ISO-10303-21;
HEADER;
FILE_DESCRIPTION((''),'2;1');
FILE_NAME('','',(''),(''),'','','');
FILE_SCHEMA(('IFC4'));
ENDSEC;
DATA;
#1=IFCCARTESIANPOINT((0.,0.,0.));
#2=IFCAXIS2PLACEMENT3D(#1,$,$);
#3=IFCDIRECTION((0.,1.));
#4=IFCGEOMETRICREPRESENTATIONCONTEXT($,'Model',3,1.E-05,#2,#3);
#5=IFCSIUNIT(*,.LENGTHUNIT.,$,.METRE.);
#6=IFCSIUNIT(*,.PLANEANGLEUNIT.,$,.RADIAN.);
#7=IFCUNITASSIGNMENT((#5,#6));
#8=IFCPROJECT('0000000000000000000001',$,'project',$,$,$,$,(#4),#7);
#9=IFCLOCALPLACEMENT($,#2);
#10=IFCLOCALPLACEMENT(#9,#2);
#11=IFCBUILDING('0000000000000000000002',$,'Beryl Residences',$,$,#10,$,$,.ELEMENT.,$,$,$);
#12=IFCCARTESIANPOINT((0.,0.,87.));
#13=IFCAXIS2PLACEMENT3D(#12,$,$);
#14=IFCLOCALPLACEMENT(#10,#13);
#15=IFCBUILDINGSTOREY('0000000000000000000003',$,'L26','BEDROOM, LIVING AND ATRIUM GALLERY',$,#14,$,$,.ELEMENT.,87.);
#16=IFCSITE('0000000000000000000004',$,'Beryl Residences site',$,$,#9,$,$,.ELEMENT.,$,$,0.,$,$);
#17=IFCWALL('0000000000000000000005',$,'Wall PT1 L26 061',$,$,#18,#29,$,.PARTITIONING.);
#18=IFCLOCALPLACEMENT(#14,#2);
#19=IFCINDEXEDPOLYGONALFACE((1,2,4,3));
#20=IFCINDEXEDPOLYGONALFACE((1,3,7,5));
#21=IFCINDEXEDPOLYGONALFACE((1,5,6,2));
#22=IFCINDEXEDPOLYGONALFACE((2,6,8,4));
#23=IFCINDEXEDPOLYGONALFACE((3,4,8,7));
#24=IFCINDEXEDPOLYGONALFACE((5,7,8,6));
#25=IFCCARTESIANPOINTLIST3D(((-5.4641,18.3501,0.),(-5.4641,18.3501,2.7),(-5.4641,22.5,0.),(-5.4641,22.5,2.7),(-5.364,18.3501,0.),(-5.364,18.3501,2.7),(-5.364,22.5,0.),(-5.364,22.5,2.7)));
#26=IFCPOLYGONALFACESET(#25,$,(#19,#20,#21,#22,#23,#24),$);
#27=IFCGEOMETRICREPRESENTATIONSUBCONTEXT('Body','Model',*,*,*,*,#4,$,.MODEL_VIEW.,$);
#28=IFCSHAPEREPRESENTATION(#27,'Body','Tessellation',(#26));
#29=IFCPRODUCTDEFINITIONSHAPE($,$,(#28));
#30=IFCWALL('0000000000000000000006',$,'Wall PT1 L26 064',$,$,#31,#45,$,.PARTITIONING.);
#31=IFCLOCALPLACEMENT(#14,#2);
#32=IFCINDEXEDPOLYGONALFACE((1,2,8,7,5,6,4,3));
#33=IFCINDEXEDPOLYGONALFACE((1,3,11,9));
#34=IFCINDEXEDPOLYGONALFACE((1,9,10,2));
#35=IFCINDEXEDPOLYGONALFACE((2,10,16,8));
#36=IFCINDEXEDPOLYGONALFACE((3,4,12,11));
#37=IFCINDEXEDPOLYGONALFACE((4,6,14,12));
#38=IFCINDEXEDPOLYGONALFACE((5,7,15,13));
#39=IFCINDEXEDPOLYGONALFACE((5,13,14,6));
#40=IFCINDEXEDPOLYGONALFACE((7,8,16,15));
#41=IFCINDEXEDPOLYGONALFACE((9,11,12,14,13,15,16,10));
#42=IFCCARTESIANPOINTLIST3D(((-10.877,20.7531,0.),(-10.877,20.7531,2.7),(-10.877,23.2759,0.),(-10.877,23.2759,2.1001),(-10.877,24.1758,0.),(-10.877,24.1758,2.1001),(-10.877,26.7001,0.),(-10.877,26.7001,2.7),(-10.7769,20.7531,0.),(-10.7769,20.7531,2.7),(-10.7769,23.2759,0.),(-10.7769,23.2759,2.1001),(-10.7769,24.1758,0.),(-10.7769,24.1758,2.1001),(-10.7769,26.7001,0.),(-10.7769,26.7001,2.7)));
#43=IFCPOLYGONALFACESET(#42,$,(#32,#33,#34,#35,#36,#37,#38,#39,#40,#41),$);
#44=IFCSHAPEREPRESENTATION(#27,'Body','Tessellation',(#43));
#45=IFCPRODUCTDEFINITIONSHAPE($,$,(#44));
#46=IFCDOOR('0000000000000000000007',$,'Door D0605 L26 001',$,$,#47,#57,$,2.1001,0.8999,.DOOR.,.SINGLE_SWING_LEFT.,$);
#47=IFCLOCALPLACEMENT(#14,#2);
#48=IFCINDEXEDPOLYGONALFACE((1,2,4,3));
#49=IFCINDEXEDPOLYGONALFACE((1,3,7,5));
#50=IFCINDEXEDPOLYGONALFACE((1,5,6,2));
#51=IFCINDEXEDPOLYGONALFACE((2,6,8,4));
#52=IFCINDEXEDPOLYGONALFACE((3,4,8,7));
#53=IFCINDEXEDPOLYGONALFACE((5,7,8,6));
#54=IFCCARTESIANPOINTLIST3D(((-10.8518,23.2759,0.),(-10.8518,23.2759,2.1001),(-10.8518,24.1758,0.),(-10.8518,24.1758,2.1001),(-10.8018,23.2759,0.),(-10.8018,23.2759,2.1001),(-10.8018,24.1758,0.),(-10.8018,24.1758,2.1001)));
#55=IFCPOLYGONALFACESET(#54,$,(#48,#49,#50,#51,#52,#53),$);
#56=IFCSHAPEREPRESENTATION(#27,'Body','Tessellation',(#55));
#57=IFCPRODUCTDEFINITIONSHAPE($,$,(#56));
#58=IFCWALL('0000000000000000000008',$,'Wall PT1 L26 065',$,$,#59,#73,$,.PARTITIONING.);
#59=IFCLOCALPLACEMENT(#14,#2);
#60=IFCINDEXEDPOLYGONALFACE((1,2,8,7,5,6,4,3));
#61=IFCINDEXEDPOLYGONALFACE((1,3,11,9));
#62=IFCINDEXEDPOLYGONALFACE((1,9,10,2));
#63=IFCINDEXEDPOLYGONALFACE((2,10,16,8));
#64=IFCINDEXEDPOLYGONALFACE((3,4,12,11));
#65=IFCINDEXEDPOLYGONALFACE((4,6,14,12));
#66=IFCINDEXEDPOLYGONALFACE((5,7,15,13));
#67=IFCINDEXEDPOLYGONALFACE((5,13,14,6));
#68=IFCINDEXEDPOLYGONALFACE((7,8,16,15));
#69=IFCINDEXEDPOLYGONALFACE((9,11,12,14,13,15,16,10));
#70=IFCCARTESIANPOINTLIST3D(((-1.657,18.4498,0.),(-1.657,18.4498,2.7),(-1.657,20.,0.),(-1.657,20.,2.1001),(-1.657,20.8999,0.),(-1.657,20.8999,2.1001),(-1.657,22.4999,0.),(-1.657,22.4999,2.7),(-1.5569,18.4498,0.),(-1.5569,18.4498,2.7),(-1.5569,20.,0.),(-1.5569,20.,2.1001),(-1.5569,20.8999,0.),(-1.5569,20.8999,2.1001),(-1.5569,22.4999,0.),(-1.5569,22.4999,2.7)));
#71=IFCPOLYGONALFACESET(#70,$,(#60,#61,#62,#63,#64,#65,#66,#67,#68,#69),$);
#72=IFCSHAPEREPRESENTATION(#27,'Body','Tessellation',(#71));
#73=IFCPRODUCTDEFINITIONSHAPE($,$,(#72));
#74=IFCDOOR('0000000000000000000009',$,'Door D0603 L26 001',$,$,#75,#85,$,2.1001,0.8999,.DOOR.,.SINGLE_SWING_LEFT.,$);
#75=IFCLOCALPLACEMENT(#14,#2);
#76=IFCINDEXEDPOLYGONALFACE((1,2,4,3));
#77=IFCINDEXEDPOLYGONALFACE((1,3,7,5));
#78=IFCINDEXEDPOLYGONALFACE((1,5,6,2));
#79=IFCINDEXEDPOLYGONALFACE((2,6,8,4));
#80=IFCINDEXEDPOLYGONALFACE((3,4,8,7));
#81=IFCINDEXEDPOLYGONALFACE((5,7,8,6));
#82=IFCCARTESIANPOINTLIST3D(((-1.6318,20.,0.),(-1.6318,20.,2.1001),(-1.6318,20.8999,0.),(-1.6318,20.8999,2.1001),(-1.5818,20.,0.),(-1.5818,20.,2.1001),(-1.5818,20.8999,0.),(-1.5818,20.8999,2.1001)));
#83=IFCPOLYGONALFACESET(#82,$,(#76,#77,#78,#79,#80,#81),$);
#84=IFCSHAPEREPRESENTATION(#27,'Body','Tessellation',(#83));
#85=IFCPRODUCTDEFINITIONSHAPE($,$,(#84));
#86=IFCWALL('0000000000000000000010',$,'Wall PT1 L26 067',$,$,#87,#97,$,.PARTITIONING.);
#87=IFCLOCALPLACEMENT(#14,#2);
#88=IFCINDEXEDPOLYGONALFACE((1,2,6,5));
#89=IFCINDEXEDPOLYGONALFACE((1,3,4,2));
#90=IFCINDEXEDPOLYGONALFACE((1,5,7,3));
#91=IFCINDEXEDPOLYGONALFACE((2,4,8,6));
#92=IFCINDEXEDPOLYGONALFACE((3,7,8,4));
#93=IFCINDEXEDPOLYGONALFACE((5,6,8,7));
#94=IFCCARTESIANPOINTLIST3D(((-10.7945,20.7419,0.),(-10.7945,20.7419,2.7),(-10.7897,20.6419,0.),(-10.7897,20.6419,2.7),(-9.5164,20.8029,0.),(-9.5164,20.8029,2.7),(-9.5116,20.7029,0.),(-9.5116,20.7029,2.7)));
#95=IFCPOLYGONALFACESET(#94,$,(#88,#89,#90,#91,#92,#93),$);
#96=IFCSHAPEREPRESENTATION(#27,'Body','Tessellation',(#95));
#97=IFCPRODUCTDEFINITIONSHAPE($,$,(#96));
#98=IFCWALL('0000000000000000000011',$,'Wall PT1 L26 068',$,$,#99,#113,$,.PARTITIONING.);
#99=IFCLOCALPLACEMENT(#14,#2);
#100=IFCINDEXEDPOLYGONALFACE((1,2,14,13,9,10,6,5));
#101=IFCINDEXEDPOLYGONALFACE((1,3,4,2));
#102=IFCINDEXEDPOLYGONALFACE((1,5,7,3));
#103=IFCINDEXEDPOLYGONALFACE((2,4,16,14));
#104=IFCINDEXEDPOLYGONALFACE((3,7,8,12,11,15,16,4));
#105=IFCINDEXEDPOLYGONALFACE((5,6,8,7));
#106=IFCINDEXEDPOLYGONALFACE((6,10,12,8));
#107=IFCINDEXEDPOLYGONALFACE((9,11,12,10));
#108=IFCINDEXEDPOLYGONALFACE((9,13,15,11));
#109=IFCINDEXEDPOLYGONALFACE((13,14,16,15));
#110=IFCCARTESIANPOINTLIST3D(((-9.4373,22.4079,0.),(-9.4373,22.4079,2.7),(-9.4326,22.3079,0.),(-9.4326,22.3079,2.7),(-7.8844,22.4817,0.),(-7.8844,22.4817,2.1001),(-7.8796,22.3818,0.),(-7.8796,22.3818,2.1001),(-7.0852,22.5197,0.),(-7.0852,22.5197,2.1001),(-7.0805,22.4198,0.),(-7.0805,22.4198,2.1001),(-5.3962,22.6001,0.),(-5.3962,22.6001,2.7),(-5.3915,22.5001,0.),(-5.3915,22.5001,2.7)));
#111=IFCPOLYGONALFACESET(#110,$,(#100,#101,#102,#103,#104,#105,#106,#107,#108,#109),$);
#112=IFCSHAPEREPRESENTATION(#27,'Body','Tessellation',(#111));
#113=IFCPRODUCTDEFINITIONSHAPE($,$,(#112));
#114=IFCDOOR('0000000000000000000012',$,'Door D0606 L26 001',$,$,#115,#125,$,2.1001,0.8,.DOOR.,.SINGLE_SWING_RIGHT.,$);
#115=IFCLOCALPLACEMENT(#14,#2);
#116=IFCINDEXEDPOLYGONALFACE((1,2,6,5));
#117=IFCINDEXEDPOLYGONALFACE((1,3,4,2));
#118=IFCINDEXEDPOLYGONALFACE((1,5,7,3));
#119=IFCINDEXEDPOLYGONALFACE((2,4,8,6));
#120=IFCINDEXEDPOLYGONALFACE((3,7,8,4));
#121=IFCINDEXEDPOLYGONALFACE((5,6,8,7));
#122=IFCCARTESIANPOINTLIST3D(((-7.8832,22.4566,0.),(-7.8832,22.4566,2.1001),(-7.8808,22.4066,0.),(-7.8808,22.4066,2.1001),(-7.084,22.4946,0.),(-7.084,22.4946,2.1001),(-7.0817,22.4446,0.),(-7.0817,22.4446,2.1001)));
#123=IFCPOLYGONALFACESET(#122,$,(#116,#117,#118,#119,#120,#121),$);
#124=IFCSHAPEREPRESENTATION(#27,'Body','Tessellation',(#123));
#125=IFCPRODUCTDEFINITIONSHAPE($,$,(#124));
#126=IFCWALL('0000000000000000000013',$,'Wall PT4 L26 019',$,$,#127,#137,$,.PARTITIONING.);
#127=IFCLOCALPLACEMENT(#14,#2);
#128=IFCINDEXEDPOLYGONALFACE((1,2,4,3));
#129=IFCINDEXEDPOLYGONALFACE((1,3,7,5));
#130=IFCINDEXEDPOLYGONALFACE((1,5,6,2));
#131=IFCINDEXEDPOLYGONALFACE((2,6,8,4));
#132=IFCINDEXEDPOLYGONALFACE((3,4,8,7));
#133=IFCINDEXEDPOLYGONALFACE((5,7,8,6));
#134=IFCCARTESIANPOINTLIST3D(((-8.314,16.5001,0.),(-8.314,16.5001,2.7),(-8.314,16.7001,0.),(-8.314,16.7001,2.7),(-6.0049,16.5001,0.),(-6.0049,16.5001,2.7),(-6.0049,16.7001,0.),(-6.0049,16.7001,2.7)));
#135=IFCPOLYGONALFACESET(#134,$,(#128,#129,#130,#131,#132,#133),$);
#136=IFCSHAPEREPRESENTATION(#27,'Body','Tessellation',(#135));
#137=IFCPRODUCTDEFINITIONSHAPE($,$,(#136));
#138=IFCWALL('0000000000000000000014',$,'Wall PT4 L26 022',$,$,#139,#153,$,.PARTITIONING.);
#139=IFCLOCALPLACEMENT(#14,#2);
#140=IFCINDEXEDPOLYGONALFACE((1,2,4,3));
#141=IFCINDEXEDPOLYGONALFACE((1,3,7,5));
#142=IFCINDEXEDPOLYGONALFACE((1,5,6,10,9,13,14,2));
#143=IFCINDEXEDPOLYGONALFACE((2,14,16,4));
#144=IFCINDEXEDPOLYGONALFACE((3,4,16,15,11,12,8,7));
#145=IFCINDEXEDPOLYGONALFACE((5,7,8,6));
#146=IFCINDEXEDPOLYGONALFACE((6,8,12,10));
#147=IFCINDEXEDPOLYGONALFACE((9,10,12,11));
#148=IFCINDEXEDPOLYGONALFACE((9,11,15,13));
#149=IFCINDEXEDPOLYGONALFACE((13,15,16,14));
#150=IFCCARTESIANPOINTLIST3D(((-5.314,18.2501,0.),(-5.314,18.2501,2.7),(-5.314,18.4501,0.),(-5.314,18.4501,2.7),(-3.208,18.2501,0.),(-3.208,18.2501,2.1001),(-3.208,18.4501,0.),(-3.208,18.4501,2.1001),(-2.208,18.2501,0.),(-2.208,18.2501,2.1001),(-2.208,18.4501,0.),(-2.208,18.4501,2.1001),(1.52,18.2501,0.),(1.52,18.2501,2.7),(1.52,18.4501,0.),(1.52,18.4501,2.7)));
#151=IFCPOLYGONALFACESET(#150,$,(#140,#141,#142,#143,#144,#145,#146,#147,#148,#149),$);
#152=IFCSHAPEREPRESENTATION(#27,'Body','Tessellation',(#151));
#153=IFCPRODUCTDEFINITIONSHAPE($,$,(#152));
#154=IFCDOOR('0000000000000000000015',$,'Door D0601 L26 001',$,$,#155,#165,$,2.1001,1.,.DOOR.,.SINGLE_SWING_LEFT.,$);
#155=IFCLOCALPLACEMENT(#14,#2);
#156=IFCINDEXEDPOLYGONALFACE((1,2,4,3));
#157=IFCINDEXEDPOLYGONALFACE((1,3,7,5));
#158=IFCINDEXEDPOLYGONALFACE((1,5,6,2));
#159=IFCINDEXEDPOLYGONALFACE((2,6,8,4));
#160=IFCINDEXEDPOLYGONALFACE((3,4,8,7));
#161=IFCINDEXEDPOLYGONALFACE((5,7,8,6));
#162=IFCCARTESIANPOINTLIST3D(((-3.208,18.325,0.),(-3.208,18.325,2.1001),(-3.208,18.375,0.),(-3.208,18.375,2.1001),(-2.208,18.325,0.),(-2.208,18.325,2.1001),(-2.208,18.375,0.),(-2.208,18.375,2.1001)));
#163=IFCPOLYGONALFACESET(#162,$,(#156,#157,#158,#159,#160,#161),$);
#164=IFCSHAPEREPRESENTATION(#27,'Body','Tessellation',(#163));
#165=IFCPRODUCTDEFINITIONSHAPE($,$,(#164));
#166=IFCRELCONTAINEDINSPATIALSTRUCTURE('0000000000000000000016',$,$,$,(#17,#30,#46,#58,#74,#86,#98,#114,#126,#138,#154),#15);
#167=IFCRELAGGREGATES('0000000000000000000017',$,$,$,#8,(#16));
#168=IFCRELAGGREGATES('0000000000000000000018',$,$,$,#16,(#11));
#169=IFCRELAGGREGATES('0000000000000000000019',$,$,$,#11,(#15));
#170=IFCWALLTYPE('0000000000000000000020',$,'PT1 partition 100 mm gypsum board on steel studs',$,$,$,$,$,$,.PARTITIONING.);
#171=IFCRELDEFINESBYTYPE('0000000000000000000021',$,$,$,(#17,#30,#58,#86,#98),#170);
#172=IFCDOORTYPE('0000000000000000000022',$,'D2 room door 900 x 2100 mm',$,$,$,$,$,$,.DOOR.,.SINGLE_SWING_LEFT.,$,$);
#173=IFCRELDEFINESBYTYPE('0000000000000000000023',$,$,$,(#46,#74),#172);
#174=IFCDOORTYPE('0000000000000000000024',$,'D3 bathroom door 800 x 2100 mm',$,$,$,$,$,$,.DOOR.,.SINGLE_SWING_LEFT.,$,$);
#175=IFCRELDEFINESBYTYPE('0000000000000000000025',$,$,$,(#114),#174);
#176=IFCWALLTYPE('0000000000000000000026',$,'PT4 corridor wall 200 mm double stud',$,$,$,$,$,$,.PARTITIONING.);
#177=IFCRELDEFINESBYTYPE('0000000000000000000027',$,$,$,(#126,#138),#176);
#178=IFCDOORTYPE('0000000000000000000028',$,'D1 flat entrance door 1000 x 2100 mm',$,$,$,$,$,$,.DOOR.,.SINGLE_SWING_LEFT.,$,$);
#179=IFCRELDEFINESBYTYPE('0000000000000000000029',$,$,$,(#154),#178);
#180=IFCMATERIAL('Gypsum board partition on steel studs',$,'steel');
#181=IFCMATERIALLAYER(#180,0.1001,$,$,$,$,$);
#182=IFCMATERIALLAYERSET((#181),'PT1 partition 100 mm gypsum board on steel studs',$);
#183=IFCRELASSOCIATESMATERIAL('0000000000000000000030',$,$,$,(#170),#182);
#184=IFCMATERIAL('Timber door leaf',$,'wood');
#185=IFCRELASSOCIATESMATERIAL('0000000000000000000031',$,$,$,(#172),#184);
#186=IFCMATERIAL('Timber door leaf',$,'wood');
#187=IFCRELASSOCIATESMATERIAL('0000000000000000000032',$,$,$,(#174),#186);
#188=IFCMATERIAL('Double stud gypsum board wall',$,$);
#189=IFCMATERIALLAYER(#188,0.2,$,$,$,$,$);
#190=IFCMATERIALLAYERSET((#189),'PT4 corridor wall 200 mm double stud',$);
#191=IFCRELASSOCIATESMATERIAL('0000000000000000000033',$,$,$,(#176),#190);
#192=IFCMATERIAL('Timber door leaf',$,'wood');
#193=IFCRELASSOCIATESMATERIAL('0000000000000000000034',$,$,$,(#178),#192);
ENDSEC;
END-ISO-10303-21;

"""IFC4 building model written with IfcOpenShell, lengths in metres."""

from ifc_helpers import new_model, si_unit, direction, frame, frame_2d, origin, place, context, subcontext, project, spatial, rectangle, extrude, material, layer, layer_set, type_object, element, fill, save


model = new_model("IFC4")

# Units and contexts
model_context = context("Model", 3, precision=1e-05, world=origin(), true_north=direction((0.0, 1.0)))
body_context = subcontext(model_context, "Body", "Model", "MODEL_VIEW")
ifc_project = project(units=[si_unit("LENGTHUNIT", "METRE"), si_unit("PLANEANGLEUNIT", "RADIAN")], contexts=[model_context])

# Site, building, storey
site_placement = place(None, origin())
site = spatial("IfcSite", under=ifc_project, at=site_placement, Name="Beryl Residences site", CompositionType="ELEMENT", RefElevation=0.0)
building_placement = place(site_placement, origin())
building = spatial("IfcBuilding", under=site, at=building_placement, Name="Beryl Residences", CompositionType="ELEMENT")
storey_placement = place(building_placement, frame((0.0, 0.0, 87.0)))
storey = spatial("IfcBuildingStorey", under=building, at=storey_placement, Name="L26", Description="BEDROOM, LIVING AND ATRIUM GALLERY", CompositionType="ELEMENT", Elevation=87.0)

# Shared definitions
ifc_material_1 = material(Name="Gypsum board partition on steel studs", Category="steel")
ifc_layer_1 = layer(ifc_material_1, 0.1001)
ifc_layer_set_1 = layer_set([ifc_layer_1], Name="PT1 partition 100 mm gypsum board on steel studs")
wall_type_1 = type_object("IfcWallType", Name="PT1 partition 100 mm gypsum board on steel studs", PredefinedType="PARTITIONING", material=ifc_layer_set_1)

# Shared definitions
ifc_material_2 = material(Name="Timber door leaf", Category="wood")
door_type_1 = type_object("IfcDoorType", Name="D2 room door 900 x 2100 mm", OperationType="SINGLE_SWING_LEFT", PredefinedType="DOOR", material=ifc_material_2)

# Shared definitions
ifc_material_3 = material(Name="Timber door leaf", Category="wood")
door_type_2 = type_object("IfcDoorType", Name="D3 bathroom door 800 x 2100 mm", OperationType="SINGLE_SWING_LEFT", PredefinedType="DOOR", material=ifc_material_3)

# Wall
wall_1_placement = place(storey_placement, frame((-5.4141, 18.3501, 0.0), z_axis=(0.0, 0.0, 1.0), x_axis=(0.0, 1.0, 0.0)))
element("IfcWall", 1, at=wall_1_placement, inside=storey, type_object=wall_type_1, Name="Wall PT1 L26 061", PredefinedType="PARTITIONING", context=body_context, shape_type="SweptSolid", body=[
    extrude(rectangle(XDim=4.1499, YDim=0.1001, at=frame_2d((2.075, 0.0))), origin(), (0.0, 0.0, 1.0), 2.7),
])

# Walls, openings, doors
wall_2_placement = place(storey_placement, frame((-10.8269, 20.7529, 0.0), z_axis=(0.0, 0.0, 1.0), x_axis=(0.0, 1.0, 0.0)))
wall_2 = element("IfcWall", 2, at=wall_2_placement, inside=storey, type_object=wall_type_1, Name="Wall PT1 L26 064", PredefinedType="PARTITIONING", context=body_context, shape_type="SweptSolid", body=[
    extrude(rectangle(XDim=5.947, YDim=0.1001, at=frame_2d((2.9736, 0.0))), origin(), (0.0, 0.0, 1.0), 2.7),
])
opening_1_placement = place(wall_2_placement, frame((2.5229, 0.0, 0.0)))
opening_1 = element("IfcOpeningElement", 3, at=opening_1_placement, cuts=wall_2, PredefinedType="OPENING", context=body_context, shape_type="SweptSolid", body=[
    extrude(rectangle(XDim=0.8999, YDim=2.1001, at=frame_2d((0.45, 1.05))), frame((0.0, 0.0601, 0.0), z_axis=(0.0, -1.0, 0.0), x_axis=(1.0, 0.0, 0.0)), (0.0, 0.0, 1.0), 0.1201),
])
door_1_placement = place(opening_1_placement, origin())
door_1 = element("IfcDoor", 4, at=door_1_placement, inside=storey, type_object=door_type_1, Name="Door D0605 L26 001", OperationType="SINGLE_SWING_LEFT", OverallHeight=2.1001, OverallWidth=0.8999, PredefinedType="DOOR", context=body_context, shape_type="SweptSolid", body=[
    extrude(rectangle(XDim=0.8999, YDim=2.1001, at=frame_2d((0.45, 1.05))), frame((0.0, 0.0249, 0.0), z_axis=(0.0, -1.0, 0.0), x_axis=(1.0, 0.0, 0.0)), (0.0, 0.0, 1.0), 0.05),
])
fill(opening_1, door_1)
wall_3_placement = place(storey_placement, frame((-1.6069, 18.45, 0.0), z_axis=(0.0, 0.0, 1.0), x_axis=(0.0, 1.0, 0.0)))
wall_3 = element("IfcWall", 5, at=wall_3_placement, inside=storey, type_object=wall_type_1, Name="Wall PT1 L26 065", PredefinedType="PARTITIONING", context=body_context, shape_type="SweptSolid", body=[
    extrude(rectangle(XDim=4.05, YDim=0.1001, at=frame_2d((2.0249, 0.0))), origin(), (0.0, 0.0, 1.0), 2.7),
])
opening_2_placement = place(wall_3_placement, frame((1.55, 0.0, 0.0)))
opening_2 = element("IfcOpeningElement", 6, at=opening_2_placement, cuts=wall_3, PredefinedType="OPENING", context=body_context, shape_type="SweptSolid", body=[
    extrude(rectangle(XDim=0.8999, YDim=2.1001, at=frame_2d((0.45, 1.05))), frame((0.0, 0.0601, 0.0), z_axis=(0.0, -1.0, 0.0), x_axis=(1.0, 0.0, 0.0)), (0.0, 0.0, 1.0), 0.1201),
])
door_2_placement = place(opening_2_placement, origin())
door_2 = element("IfcDoor", 7, at=door_2_placement, inside=storey, type_object=door_type_1, Name="Door D0603 L26 001", OperationType="SINGLE_SWING_LEFT", OverallHeight=2.1001, OverallWidth=0.8999, PredefinedType="DOOR", context=body_context, shape_type="SweptSolid", body=[
    extrude(rectangle(XDim=0.8999, YDim=2.1001, at=frame_2d((0.45, 1.05))), frame((0.0, 0.0249, 0.0), z_axis=(0.0, -1.0, 0.0), x_axis=(1.0, 0.0, 0.0)), (0.0, 0.0, 1.0), 0.05),
])
fill(opening_2, door_2)

# Wall
wall_4_placement = place(storey_placement, frame((-10.792, 20.6919, 0.0), z_axis=(0.0, 0.0, 1.0), x_axis=(0.998862, 0.047701, 0.0)))
element("IfcWall", 8, at=wall_4_placement, inside=storey, type_object=wall_type_1, Name="Wall PT1 L26 067", PredefinedType="PARTITIONING", context=body_context, shape_type="SweptSolid", body=[
    extrude(rectangle(XDim=1.2795, YDim=0.1001, at=frame_2d((0.6396, 0.0))), origin(), (0.0, 0.0, 1.0), 2.7),
])

# Wall, opening, door
wall_5_placement = place(storey_placement, frame((-9.4351, 22.3579, 0.0), z_axis=(0.0, 0.0, 1.0), x_axis=(0.998872, 0.047493, 0.0)))
wall_5 = element("IfcWall", 9, at=wall_5_placement, inside=storey, type_object=wall_type_1, Name="Wall PT1 L26 068", PredefinedType="PARTITIONING", context=body_context, shape_type="SweptSolid", body=[
    extrude(rectangle(XDim=4.0457, YDim=0.1001, at=frame_2d((2.0229, 0.0))), origin(), (0.0, 0.0, 1.0), 2.7),
])
opening_3_placement = place(wall_5_placement, frame((1.5549, 0.0, 0.0)))
opening_3 = element("IfcOpeningElement", 10, at=opening_3_placement, cuts=wall_5, PredefinedType="OPENING", context=body_context, shape_type="SweptSolid", body=[
    extrude(rectangle(XDim=0.8, YDim=2.1001, at=frame_2d((0.3999, 1.05))), frame((0.0, 0.0601, 0.0), z_axis=(0.0, -1.0, 0.0), x_axis=(1.0, 0.0, 0.0)), (0.0, 0.0, 1.0), 0.1201),
])
door_3_placement = place(opening_3_placement, origin())
door_3 = element("IfcDoor", 11, at=door_3_placement, inside=storey, type_object=door_type_2, Name="Door D0606 L26 001", OperationType="SINGLE_SWING_RIGHT", OverallHeight=2.1001, OverallWidth=0.8, PredefinedType="DOOR", context=body_context, shape_type="SweptSolid", body=[
    extrude(rectangle(XDim=0.8, YDim=2.1001, at=frame_2d((0.3999, 1.05))), frame((0.0, 0.0249, 0.0), z_axis=(0.0, -1.0, 0.0), x_axis=(1.0, 0.0, 0.0)), (0.0, 0.0, 1.0), 0.05),
])
fill(opening_3, door_3)

# Wall
ifc_material_4 = material(Name="Double stud gypsum board wall")
ifc_layer_2 = layer(ifc_material_4, 0.2)
ifc_layer_set_2 = layer_set([ifc_layer_2], Name="PT4 corridor wall 200 mm double stud")
wall_type_2 = type_object("IfcWallType", Name="PT4 corridor wall 200 mm double stud", PredefinedType="PARTITIONING", material=ifc_layer_set_2)
wall_6_placement = place(storey_placement, frame((-8.314, 16.6001, 0.0), z_axis=(0.0, 0.0, 1.0), x_axis=(1.0, 0.0, 0.0)))
element("IfcWall", 12, at=wall_6_placement, inside=storey, type_object=wall_type_2, Name="Wall PT4 L26 019", PredefinedType="PARTITIONING", context=body_context, shape_type="SweptSolid", body=[
    extrude(rectangle(XDim=2.3091, YDim=0.2, at=frame_2d((1.1545, 0.0))), origin(), (0.0, 0.0, 1.0), 2.7),
])

# Wall, opening, door
wall_7_placement = place(storey_placement, frame((-5.314, 18.3501, 0.0), z_axis=(0.0, 0.0, 1.0), x_axis=(1.0, 0.0, 0.0)))
wall_7 = element("IfcWall", 13, at=wall_7_placement, inside=storey, type_object=wall_type_2, Name="Wall PT4 L26 022", PredefinedType="PARTITIONING", context=body_context, shape_type="SweptSolid", body=[
    extrude(rectangle(XDim=6.834, YDim=0.2, at=frame_2d((3.417, 0.0))), origin(), (0.0, 0.0, 1.0), 2.7),
])
opening_4_placement = place(wall_7_placement, frame((2.106, 0.0, 0.0)))
opening_4 = element("IfcOpeningElement", 14, at=opening_4_placement, cuts=wall_7, PredefinedType="OPENING", context=body_context, shape_type="SweptSolid", body=[
    extrude(rectangle(XDim=1.0, YDim=2.1001, at=frame_2d((0.5, 1.05))), frame((0.0, 0.1099, 0.0), z_axis=(0.0, -1.0, 0.0), x_axis=(1.0, 0.0, 0.0)), (0.0, 0.0, 1.0), 0.22),
])
ifc_material_5 = material(Name="Timber door leaf", Category="wood")
door_type_3 = type_object("IfcDoorType", Name="D1 flat entrance door 1000 x 2100 mm", OperationType="SINGLE_SWING_LEFT", PredefinedType="DOOR", material=ifc_material_5)
door_4_placement = place(opening_4_placement, origin())
door_4 = element("IfcDoor", 15, at=door_4_placement, inside=storey, type_object=door_type_3, Name="Door D0601 L26 001", OperationType="SINGLE_SWING_LEFT", OverallHeight=2.1001, OverallWidth=1.0, PredefinedType="DOOR", context=body_context, shape_type="SweptSolid", body=[
    extrude(rectangle(XDim=1.0, YDim=2.1001, at=frame_2d((0.5, 1.05))), frame((0.0, 0.0249, 0.0), z_axis=(0.0, -1.0, 0.0), x_axis=(1.0, 0.0, 0.0)), (0.0, 0.0, 1.0), 0.05),
])
fill(opening_4, door_4)

save(model, "model.ifc")
